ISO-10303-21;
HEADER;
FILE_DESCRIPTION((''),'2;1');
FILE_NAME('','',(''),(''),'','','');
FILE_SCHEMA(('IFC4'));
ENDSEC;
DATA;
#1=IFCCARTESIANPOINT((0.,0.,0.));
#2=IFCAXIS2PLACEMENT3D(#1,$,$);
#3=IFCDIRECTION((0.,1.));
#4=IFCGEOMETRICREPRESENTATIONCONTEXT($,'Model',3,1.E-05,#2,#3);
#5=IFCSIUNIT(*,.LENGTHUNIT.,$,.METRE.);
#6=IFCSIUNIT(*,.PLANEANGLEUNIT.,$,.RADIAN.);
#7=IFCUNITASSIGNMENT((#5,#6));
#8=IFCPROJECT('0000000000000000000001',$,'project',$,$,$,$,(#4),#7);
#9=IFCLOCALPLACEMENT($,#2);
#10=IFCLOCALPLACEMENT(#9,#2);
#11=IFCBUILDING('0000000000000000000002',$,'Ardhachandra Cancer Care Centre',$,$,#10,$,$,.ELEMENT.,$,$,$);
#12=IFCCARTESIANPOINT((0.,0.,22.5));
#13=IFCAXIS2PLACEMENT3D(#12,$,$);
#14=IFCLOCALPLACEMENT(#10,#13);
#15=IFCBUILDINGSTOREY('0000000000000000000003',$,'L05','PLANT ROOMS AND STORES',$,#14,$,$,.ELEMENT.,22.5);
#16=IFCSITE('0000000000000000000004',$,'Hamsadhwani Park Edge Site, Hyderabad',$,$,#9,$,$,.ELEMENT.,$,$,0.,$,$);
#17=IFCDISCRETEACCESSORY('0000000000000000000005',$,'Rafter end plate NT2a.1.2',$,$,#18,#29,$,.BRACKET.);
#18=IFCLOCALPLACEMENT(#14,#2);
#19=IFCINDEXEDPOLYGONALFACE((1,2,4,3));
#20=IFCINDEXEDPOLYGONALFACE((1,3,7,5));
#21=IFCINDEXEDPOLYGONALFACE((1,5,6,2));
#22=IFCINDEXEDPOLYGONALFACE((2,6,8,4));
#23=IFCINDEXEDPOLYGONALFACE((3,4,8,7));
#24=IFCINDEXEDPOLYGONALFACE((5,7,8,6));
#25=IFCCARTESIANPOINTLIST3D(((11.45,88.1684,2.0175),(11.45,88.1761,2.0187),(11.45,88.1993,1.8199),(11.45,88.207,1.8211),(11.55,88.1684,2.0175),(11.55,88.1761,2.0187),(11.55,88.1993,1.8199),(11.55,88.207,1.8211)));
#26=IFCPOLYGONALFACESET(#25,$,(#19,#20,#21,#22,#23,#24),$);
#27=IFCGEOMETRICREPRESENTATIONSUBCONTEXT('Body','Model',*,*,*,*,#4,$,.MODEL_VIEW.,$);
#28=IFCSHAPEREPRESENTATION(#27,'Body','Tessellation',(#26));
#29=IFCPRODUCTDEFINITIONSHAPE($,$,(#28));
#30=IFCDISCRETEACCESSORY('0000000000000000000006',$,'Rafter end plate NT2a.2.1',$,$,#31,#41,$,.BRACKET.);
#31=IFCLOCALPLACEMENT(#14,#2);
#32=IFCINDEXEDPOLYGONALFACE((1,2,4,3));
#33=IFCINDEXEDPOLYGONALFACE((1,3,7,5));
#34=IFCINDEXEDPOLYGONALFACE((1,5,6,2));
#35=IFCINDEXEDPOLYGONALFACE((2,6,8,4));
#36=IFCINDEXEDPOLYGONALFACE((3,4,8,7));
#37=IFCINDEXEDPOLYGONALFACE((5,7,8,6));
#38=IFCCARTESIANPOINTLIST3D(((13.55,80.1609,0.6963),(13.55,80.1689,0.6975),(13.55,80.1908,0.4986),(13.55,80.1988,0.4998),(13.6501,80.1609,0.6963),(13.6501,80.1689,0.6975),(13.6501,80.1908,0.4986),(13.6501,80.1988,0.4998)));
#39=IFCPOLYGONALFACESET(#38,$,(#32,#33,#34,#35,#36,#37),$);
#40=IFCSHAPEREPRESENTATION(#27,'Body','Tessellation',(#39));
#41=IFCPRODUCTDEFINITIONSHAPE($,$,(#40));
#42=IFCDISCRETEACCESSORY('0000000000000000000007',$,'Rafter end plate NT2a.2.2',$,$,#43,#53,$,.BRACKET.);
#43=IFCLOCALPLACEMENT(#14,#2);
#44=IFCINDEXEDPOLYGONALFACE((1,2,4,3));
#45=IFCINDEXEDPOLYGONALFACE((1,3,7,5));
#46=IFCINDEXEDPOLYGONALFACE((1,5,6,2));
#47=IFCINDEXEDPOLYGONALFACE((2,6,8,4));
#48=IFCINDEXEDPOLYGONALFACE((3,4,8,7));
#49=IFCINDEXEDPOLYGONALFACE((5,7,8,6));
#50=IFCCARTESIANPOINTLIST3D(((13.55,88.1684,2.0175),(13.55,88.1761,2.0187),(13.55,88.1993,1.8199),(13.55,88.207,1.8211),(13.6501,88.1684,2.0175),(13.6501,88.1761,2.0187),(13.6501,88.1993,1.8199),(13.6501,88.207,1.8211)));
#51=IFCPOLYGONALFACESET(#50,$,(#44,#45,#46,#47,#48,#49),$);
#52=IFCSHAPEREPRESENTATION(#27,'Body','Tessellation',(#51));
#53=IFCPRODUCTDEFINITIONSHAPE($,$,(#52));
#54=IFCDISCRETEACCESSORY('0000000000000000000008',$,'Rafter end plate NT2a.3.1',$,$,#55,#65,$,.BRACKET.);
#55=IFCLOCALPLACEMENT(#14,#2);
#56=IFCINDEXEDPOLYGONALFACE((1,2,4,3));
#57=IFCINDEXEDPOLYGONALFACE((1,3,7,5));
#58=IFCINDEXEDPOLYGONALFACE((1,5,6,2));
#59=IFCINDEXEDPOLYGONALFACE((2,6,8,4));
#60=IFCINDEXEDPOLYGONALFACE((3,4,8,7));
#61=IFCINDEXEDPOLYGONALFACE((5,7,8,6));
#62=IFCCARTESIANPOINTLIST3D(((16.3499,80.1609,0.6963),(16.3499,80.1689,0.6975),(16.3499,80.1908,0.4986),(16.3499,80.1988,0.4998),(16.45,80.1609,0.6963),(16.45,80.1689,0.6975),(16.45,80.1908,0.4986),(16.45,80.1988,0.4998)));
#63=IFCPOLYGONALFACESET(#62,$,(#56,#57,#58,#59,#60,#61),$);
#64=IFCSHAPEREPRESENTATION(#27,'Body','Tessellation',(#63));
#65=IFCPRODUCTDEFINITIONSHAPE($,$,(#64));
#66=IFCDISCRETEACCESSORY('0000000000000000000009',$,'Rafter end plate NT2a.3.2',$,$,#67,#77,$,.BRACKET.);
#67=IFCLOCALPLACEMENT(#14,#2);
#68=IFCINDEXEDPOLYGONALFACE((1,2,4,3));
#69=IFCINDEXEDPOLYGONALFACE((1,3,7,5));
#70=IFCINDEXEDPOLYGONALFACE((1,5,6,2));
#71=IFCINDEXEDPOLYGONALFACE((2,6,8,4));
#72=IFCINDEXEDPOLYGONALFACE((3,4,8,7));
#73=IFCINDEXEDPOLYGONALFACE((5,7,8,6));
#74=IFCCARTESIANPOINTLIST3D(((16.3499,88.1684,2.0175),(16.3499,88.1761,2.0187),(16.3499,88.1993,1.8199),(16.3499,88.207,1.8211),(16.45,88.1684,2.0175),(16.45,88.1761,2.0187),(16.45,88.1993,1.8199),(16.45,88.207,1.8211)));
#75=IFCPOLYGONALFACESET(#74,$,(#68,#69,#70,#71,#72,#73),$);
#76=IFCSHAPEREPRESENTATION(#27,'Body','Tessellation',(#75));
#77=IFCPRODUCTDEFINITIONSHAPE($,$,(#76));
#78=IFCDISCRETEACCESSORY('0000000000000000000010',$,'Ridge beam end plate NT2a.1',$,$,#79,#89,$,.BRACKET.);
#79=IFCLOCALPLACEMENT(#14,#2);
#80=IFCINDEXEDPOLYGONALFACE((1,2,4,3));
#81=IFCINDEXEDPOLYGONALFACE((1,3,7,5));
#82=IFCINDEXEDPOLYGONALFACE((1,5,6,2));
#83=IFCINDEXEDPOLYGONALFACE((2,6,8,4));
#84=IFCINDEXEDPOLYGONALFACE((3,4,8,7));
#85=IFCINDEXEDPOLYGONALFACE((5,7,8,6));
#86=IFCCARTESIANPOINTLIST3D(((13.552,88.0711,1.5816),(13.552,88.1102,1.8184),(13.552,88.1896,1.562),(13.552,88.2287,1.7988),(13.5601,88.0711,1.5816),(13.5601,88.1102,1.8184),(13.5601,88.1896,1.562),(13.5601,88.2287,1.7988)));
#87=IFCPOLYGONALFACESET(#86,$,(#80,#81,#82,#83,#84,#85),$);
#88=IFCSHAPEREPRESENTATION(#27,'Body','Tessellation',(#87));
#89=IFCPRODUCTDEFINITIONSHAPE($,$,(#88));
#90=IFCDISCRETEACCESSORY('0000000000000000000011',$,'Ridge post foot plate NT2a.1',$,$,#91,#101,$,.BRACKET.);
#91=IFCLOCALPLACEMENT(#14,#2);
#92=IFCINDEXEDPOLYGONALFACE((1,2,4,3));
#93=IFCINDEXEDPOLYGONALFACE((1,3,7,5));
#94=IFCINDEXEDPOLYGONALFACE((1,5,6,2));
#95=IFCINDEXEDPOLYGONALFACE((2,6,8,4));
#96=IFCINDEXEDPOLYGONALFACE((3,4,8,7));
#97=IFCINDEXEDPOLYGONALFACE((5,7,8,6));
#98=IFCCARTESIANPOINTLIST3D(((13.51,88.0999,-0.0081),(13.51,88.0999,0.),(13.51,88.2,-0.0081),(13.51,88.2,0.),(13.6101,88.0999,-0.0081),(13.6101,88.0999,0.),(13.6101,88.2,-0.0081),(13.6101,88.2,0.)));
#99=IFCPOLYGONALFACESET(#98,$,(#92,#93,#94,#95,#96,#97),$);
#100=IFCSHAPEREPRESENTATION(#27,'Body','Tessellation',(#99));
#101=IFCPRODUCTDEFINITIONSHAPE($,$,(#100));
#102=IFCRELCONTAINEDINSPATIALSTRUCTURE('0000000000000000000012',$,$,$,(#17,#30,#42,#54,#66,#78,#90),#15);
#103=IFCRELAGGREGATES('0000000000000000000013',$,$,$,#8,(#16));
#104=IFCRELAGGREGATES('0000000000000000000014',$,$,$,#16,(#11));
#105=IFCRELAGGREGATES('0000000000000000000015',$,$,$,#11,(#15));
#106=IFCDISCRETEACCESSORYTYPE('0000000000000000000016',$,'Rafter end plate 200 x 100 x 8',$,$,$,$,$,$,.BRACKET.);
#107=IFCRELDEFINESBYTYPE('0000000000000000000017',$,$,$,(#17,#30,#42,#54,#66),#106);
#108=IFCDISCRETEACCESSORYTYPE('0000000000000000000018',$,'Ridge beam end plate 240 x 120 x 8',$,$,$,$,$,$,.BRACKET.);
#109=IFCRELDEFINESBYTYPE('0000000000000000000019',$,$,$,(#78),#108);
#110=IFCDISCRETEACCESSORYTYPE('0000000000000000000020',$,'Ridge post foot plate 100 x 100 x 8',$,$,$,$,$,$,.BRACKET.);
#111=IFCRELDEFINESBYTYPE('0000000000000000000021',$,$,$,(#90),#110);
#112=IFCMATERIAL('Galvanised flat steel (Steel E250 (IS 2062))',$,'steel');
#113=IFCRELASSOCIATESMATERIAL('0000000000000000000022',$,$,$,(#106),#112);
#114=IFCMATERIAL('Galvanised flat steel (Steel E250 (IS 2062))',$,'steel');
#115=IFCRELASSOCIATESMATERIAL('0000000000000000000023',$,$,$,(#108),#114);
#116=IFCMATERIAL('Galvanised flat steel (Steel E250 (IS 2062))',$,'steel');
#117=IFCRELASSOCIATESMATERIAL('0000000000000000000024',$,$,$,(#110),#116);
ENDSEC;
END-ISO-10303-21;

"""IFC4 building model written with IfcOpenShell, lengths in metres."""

from ifc_helpers import new_model, si_unit, direction, frame, origin, origin_2d, place, context, subcontext, project, spatial, rectangle, extrude, material, material_profile, profile_set, type_object, element, save


model = new_model("IFC4")

# Units and contexts
model_context = context("Model", 3, precision=1e-05, world=origin(), true_north=direction((0.0, 1.0)))
body_context = subcontext(model_context, "Body", "Model", "MODEL_VIEW")
ifc_project = project(units=[si_unit("LENGTHUNIT", "METRE"), si_unit("PLANEANGLEUNIT", "RADIAN")], contexts=[model_context])

# Site, building, storey
site_placement = place(None, origin())
site = spatial("IfcSite", under=ifc_project, at=site_placement, Name="Hamsadhwani Park Edge Site, Hyderabad", CompositionType="ELEMENT", RefElevation=0.0)
building_placement = place(site_placement, origin())
building = spatial("IfcBuilding", under=site, at=building_placement, Name="Ardhachandra Cancer Care Centre", CompositionType="ELEMENT")
storey_placement = place(building_placement, frame((0.0, 0.0, 22.5)))
storey = spatial("IfcBuildingStorey", under=building, at=storey_placement, Name="L05", Description="PLANT ROOMS AND STORES", CompositionType="ELEMENT", Elevation=22.5)

# Discrete accessories
ifc_material_1 = material(Name="Galvanised flat steel (Steel E250 (IS 2062))", Category="steel")
ifc_material_profile_1 = material_profile(ifc_material_1, rectangle(XDim=0.1001, YDim=0.2, at=origin_2d()), Name="Rafter end plate 200 x 100 x 8")
ifc_profile_set_1 = profile_set([ifc_material_profile_1], Name="Galvanised flat steel (Steel E250 (IS 2062))")
discrete_accessory_type_1 = type_object("IfcDiscreteAccessoryType", Name="Rafter end plate 200 x 100 x 8", PredefinedType="BRACKET", material=ifc_profile_set_1)
discrete_accessory_1_placement = place(storey_placement, frame((11.5, 88.1838, 1.9187), z_axis=(0.0, 0.988012, 0.154377), x_axis=(-1.0, 0.0, 0.0)))
element("IfcDiscreteAccessory", 1, at=discrete_accessory_1_placement, inside=storey, type_object=discrete_accessory_type_1, Name="Rafter end plate NT2a.1.2", PredefinedType="BRACKET", context=body_context, shape_type="SweptSolid", body=[
    extrude(rectangle(XDim=0.1001, YDim=0.2, at=origin_2d()), origin(), (0.0, 0.0, 1.0), 0.0078),
])
discrete_accessory_2_placement = place(storey_placement, frame((13.6001, 80.1838, 0.5986), z_axis=(0.0, -0.988716, -0.149805), x_axis=(1.0, 0.0, 0.0)))
element("IfcDiscreteAccessory", 2, at=discrete_accessory_2_placement, inside=storey, type_object=discrete_accessory_type_1, Name="Rafter end plate NT2a.2.1", PredefinedType="BRACKET", context=body_context, shape_type="SweptSolid", body=[
    extrude(rectangle(XDim=0.1001, YDim=0.2, at=origin_2d()), origin(), (0.0, 0.0, 1.0), 0.0081),
])
discrete_accessory_3_placement = place(storey_placement, frame((13.6001, 88.1838, 1.9187), z_axis=(0.0, 0.988012, 0.154377), x_axis=(-1.0, 0.0, 0.0)))
element("IfcDiscreteAccessory", 3, at=discrete_accessory_3_placement, inside=storey, type_object=discrete_accessory_type_1, Name="Rafter end plate NT2a.2.2", PredefinedType="BRACKET", context=body_context, shape_type="SweptSolid", body=[
    extrude(rectangle(XDim=0.1001, YDim=0.2, at=origin_2d()), origin(), (0.0, 0.0, 1.0), 0.0078),
])
discrete_accessory_4_placement = place(storey_placement, frame((16.3999, 80.1838, 0.5986), z_axis=(0.0, -0.988716, -0.149805), x_axis=(1.0, 0.0, 0.0)))
element("IfcDiscreteAccessory", 4, at=discrete_accessory_4_placement, inside=storey, type_object=discrete_accessory_type_1, Name="Rafter end plate NT2a.3.1", PredefinedType="BRACKET", context=body_context, shape_type="SweptSolid", body=[
    extrude(rectangle(XDim=0.1001, YDim=0.2, at=origin_2d()), origin(), (0.0, 0.0, 1.0), 0.0081),
])
discrete_accessory_5_placement = place(storey_placement, frame((16.3999, 88.1838, 1.9187), z_axis=(0.0, 0.988012, 0.154377), x_axis=(-1.0, 0.0, 0.0)))
element("IfcDiscreteAccessory", 5, at=discrete_accessory_5_placement, inside=storey, type_object=discrete_accessory_type_1, Name="Rafter end plate NT2a.3.2", PredefinedType="BRACKET", context=body_context, shape_type="SweptSolid", body=[
    extrude(rectangle(XDim=0.1001, YDim=0.2, at=origin_2d()), origin(), (0.0, 0.0, 1.0), 0.0078),
])
ifc_material_2 = material(Name="Galvanised flat steel (Steel E250 (IS 2062))", Category="steel")
ifc_material_profile_2 = material_profile(ifc_material_2, rectangle(XDim=0.1201, YDim=0.24, at=origin_2d()), Name="Ridge beam end plate 240 x 120 x 8")
ifc_profile_set_2 = profile_set([ifc_material_profile_2], Name="Galvanised flat steel (Steel E250 (IS 2062))")
discrete_accessory_type_2 = type_object("IfcDiscreteAccessoryType", Name="Ridge beam end plate 240 x 120 x 8", PredefinedType="BRACKET", material=ifc_profile_set_2)
discrete_accessory_6_placement = place(storey_placement, frame((13.5601, 88.1499, 1.6902), z_axis=(-1.0, 0.0, 0.0), x_axis=(0.0, -0.986659, 0.162799)))
element("IfcDiscreteAccessory", 6, at=discrete_accessory_6_placement, inside=storey, type_object=discrete_accessory_type_2, Name="Ridge beam end plate NT2a.1", PredefinedType="BRACKET", context=body_context, shape_type="SweptSolid", body=[
    extrude(rectangle(XDim=0.1201, YDim=0.24, at=origin_2d()), origin(), (0.0, 0.0, 1.0), 0.0081),
])
ifc_material_3 = material(Name="Galvanised flat steel (Steel E250 (IS 2062))", Category="steel")
ifc_material_profile_3 = material_profile(ifc_material_3, rectangle(XDim=0.1001, YDim=0.1001, at=origin_2d()), Name="Ridge post foot plate 100 x 100 x 8")
ifc_profile_set_3 = profile_set([ifc_material_profile_3], Name="Galvanised flat steel (Steel E250 (IS 2062))")
discrete_accessory_type_3 = type_object("IfcDiscreteAccessoryType", Name="Ridge post foot plate 100 x 100 x 8", PredefinedType="BRACKET", material=ifc_profile_set_3)
discrete_accessory_7_placement = place(storey_placement, frame((13.5601, 88.1499, 0.0), z_axis=(0.0, 0.0, -1.0), x_axis=(1.0, 0.0, 0.0)))
element("IfcDiscreteAccessory", 7, at=discrete_accessory_7_placement, inside=storey, type_object=discrete_accessory_type_3, Name="Ridge post foot plate NT2a.1", PredefinedType="BRACKET", context=body_context, shape_type="SweptSolid", body=[
    extrude(rectangle(XDim=0.1001, YDim=0.1001, at=origin_2d()), origin(), (0.0, 0.0, 1.0), 0.0081),
])

save(model, "model.ifc")
